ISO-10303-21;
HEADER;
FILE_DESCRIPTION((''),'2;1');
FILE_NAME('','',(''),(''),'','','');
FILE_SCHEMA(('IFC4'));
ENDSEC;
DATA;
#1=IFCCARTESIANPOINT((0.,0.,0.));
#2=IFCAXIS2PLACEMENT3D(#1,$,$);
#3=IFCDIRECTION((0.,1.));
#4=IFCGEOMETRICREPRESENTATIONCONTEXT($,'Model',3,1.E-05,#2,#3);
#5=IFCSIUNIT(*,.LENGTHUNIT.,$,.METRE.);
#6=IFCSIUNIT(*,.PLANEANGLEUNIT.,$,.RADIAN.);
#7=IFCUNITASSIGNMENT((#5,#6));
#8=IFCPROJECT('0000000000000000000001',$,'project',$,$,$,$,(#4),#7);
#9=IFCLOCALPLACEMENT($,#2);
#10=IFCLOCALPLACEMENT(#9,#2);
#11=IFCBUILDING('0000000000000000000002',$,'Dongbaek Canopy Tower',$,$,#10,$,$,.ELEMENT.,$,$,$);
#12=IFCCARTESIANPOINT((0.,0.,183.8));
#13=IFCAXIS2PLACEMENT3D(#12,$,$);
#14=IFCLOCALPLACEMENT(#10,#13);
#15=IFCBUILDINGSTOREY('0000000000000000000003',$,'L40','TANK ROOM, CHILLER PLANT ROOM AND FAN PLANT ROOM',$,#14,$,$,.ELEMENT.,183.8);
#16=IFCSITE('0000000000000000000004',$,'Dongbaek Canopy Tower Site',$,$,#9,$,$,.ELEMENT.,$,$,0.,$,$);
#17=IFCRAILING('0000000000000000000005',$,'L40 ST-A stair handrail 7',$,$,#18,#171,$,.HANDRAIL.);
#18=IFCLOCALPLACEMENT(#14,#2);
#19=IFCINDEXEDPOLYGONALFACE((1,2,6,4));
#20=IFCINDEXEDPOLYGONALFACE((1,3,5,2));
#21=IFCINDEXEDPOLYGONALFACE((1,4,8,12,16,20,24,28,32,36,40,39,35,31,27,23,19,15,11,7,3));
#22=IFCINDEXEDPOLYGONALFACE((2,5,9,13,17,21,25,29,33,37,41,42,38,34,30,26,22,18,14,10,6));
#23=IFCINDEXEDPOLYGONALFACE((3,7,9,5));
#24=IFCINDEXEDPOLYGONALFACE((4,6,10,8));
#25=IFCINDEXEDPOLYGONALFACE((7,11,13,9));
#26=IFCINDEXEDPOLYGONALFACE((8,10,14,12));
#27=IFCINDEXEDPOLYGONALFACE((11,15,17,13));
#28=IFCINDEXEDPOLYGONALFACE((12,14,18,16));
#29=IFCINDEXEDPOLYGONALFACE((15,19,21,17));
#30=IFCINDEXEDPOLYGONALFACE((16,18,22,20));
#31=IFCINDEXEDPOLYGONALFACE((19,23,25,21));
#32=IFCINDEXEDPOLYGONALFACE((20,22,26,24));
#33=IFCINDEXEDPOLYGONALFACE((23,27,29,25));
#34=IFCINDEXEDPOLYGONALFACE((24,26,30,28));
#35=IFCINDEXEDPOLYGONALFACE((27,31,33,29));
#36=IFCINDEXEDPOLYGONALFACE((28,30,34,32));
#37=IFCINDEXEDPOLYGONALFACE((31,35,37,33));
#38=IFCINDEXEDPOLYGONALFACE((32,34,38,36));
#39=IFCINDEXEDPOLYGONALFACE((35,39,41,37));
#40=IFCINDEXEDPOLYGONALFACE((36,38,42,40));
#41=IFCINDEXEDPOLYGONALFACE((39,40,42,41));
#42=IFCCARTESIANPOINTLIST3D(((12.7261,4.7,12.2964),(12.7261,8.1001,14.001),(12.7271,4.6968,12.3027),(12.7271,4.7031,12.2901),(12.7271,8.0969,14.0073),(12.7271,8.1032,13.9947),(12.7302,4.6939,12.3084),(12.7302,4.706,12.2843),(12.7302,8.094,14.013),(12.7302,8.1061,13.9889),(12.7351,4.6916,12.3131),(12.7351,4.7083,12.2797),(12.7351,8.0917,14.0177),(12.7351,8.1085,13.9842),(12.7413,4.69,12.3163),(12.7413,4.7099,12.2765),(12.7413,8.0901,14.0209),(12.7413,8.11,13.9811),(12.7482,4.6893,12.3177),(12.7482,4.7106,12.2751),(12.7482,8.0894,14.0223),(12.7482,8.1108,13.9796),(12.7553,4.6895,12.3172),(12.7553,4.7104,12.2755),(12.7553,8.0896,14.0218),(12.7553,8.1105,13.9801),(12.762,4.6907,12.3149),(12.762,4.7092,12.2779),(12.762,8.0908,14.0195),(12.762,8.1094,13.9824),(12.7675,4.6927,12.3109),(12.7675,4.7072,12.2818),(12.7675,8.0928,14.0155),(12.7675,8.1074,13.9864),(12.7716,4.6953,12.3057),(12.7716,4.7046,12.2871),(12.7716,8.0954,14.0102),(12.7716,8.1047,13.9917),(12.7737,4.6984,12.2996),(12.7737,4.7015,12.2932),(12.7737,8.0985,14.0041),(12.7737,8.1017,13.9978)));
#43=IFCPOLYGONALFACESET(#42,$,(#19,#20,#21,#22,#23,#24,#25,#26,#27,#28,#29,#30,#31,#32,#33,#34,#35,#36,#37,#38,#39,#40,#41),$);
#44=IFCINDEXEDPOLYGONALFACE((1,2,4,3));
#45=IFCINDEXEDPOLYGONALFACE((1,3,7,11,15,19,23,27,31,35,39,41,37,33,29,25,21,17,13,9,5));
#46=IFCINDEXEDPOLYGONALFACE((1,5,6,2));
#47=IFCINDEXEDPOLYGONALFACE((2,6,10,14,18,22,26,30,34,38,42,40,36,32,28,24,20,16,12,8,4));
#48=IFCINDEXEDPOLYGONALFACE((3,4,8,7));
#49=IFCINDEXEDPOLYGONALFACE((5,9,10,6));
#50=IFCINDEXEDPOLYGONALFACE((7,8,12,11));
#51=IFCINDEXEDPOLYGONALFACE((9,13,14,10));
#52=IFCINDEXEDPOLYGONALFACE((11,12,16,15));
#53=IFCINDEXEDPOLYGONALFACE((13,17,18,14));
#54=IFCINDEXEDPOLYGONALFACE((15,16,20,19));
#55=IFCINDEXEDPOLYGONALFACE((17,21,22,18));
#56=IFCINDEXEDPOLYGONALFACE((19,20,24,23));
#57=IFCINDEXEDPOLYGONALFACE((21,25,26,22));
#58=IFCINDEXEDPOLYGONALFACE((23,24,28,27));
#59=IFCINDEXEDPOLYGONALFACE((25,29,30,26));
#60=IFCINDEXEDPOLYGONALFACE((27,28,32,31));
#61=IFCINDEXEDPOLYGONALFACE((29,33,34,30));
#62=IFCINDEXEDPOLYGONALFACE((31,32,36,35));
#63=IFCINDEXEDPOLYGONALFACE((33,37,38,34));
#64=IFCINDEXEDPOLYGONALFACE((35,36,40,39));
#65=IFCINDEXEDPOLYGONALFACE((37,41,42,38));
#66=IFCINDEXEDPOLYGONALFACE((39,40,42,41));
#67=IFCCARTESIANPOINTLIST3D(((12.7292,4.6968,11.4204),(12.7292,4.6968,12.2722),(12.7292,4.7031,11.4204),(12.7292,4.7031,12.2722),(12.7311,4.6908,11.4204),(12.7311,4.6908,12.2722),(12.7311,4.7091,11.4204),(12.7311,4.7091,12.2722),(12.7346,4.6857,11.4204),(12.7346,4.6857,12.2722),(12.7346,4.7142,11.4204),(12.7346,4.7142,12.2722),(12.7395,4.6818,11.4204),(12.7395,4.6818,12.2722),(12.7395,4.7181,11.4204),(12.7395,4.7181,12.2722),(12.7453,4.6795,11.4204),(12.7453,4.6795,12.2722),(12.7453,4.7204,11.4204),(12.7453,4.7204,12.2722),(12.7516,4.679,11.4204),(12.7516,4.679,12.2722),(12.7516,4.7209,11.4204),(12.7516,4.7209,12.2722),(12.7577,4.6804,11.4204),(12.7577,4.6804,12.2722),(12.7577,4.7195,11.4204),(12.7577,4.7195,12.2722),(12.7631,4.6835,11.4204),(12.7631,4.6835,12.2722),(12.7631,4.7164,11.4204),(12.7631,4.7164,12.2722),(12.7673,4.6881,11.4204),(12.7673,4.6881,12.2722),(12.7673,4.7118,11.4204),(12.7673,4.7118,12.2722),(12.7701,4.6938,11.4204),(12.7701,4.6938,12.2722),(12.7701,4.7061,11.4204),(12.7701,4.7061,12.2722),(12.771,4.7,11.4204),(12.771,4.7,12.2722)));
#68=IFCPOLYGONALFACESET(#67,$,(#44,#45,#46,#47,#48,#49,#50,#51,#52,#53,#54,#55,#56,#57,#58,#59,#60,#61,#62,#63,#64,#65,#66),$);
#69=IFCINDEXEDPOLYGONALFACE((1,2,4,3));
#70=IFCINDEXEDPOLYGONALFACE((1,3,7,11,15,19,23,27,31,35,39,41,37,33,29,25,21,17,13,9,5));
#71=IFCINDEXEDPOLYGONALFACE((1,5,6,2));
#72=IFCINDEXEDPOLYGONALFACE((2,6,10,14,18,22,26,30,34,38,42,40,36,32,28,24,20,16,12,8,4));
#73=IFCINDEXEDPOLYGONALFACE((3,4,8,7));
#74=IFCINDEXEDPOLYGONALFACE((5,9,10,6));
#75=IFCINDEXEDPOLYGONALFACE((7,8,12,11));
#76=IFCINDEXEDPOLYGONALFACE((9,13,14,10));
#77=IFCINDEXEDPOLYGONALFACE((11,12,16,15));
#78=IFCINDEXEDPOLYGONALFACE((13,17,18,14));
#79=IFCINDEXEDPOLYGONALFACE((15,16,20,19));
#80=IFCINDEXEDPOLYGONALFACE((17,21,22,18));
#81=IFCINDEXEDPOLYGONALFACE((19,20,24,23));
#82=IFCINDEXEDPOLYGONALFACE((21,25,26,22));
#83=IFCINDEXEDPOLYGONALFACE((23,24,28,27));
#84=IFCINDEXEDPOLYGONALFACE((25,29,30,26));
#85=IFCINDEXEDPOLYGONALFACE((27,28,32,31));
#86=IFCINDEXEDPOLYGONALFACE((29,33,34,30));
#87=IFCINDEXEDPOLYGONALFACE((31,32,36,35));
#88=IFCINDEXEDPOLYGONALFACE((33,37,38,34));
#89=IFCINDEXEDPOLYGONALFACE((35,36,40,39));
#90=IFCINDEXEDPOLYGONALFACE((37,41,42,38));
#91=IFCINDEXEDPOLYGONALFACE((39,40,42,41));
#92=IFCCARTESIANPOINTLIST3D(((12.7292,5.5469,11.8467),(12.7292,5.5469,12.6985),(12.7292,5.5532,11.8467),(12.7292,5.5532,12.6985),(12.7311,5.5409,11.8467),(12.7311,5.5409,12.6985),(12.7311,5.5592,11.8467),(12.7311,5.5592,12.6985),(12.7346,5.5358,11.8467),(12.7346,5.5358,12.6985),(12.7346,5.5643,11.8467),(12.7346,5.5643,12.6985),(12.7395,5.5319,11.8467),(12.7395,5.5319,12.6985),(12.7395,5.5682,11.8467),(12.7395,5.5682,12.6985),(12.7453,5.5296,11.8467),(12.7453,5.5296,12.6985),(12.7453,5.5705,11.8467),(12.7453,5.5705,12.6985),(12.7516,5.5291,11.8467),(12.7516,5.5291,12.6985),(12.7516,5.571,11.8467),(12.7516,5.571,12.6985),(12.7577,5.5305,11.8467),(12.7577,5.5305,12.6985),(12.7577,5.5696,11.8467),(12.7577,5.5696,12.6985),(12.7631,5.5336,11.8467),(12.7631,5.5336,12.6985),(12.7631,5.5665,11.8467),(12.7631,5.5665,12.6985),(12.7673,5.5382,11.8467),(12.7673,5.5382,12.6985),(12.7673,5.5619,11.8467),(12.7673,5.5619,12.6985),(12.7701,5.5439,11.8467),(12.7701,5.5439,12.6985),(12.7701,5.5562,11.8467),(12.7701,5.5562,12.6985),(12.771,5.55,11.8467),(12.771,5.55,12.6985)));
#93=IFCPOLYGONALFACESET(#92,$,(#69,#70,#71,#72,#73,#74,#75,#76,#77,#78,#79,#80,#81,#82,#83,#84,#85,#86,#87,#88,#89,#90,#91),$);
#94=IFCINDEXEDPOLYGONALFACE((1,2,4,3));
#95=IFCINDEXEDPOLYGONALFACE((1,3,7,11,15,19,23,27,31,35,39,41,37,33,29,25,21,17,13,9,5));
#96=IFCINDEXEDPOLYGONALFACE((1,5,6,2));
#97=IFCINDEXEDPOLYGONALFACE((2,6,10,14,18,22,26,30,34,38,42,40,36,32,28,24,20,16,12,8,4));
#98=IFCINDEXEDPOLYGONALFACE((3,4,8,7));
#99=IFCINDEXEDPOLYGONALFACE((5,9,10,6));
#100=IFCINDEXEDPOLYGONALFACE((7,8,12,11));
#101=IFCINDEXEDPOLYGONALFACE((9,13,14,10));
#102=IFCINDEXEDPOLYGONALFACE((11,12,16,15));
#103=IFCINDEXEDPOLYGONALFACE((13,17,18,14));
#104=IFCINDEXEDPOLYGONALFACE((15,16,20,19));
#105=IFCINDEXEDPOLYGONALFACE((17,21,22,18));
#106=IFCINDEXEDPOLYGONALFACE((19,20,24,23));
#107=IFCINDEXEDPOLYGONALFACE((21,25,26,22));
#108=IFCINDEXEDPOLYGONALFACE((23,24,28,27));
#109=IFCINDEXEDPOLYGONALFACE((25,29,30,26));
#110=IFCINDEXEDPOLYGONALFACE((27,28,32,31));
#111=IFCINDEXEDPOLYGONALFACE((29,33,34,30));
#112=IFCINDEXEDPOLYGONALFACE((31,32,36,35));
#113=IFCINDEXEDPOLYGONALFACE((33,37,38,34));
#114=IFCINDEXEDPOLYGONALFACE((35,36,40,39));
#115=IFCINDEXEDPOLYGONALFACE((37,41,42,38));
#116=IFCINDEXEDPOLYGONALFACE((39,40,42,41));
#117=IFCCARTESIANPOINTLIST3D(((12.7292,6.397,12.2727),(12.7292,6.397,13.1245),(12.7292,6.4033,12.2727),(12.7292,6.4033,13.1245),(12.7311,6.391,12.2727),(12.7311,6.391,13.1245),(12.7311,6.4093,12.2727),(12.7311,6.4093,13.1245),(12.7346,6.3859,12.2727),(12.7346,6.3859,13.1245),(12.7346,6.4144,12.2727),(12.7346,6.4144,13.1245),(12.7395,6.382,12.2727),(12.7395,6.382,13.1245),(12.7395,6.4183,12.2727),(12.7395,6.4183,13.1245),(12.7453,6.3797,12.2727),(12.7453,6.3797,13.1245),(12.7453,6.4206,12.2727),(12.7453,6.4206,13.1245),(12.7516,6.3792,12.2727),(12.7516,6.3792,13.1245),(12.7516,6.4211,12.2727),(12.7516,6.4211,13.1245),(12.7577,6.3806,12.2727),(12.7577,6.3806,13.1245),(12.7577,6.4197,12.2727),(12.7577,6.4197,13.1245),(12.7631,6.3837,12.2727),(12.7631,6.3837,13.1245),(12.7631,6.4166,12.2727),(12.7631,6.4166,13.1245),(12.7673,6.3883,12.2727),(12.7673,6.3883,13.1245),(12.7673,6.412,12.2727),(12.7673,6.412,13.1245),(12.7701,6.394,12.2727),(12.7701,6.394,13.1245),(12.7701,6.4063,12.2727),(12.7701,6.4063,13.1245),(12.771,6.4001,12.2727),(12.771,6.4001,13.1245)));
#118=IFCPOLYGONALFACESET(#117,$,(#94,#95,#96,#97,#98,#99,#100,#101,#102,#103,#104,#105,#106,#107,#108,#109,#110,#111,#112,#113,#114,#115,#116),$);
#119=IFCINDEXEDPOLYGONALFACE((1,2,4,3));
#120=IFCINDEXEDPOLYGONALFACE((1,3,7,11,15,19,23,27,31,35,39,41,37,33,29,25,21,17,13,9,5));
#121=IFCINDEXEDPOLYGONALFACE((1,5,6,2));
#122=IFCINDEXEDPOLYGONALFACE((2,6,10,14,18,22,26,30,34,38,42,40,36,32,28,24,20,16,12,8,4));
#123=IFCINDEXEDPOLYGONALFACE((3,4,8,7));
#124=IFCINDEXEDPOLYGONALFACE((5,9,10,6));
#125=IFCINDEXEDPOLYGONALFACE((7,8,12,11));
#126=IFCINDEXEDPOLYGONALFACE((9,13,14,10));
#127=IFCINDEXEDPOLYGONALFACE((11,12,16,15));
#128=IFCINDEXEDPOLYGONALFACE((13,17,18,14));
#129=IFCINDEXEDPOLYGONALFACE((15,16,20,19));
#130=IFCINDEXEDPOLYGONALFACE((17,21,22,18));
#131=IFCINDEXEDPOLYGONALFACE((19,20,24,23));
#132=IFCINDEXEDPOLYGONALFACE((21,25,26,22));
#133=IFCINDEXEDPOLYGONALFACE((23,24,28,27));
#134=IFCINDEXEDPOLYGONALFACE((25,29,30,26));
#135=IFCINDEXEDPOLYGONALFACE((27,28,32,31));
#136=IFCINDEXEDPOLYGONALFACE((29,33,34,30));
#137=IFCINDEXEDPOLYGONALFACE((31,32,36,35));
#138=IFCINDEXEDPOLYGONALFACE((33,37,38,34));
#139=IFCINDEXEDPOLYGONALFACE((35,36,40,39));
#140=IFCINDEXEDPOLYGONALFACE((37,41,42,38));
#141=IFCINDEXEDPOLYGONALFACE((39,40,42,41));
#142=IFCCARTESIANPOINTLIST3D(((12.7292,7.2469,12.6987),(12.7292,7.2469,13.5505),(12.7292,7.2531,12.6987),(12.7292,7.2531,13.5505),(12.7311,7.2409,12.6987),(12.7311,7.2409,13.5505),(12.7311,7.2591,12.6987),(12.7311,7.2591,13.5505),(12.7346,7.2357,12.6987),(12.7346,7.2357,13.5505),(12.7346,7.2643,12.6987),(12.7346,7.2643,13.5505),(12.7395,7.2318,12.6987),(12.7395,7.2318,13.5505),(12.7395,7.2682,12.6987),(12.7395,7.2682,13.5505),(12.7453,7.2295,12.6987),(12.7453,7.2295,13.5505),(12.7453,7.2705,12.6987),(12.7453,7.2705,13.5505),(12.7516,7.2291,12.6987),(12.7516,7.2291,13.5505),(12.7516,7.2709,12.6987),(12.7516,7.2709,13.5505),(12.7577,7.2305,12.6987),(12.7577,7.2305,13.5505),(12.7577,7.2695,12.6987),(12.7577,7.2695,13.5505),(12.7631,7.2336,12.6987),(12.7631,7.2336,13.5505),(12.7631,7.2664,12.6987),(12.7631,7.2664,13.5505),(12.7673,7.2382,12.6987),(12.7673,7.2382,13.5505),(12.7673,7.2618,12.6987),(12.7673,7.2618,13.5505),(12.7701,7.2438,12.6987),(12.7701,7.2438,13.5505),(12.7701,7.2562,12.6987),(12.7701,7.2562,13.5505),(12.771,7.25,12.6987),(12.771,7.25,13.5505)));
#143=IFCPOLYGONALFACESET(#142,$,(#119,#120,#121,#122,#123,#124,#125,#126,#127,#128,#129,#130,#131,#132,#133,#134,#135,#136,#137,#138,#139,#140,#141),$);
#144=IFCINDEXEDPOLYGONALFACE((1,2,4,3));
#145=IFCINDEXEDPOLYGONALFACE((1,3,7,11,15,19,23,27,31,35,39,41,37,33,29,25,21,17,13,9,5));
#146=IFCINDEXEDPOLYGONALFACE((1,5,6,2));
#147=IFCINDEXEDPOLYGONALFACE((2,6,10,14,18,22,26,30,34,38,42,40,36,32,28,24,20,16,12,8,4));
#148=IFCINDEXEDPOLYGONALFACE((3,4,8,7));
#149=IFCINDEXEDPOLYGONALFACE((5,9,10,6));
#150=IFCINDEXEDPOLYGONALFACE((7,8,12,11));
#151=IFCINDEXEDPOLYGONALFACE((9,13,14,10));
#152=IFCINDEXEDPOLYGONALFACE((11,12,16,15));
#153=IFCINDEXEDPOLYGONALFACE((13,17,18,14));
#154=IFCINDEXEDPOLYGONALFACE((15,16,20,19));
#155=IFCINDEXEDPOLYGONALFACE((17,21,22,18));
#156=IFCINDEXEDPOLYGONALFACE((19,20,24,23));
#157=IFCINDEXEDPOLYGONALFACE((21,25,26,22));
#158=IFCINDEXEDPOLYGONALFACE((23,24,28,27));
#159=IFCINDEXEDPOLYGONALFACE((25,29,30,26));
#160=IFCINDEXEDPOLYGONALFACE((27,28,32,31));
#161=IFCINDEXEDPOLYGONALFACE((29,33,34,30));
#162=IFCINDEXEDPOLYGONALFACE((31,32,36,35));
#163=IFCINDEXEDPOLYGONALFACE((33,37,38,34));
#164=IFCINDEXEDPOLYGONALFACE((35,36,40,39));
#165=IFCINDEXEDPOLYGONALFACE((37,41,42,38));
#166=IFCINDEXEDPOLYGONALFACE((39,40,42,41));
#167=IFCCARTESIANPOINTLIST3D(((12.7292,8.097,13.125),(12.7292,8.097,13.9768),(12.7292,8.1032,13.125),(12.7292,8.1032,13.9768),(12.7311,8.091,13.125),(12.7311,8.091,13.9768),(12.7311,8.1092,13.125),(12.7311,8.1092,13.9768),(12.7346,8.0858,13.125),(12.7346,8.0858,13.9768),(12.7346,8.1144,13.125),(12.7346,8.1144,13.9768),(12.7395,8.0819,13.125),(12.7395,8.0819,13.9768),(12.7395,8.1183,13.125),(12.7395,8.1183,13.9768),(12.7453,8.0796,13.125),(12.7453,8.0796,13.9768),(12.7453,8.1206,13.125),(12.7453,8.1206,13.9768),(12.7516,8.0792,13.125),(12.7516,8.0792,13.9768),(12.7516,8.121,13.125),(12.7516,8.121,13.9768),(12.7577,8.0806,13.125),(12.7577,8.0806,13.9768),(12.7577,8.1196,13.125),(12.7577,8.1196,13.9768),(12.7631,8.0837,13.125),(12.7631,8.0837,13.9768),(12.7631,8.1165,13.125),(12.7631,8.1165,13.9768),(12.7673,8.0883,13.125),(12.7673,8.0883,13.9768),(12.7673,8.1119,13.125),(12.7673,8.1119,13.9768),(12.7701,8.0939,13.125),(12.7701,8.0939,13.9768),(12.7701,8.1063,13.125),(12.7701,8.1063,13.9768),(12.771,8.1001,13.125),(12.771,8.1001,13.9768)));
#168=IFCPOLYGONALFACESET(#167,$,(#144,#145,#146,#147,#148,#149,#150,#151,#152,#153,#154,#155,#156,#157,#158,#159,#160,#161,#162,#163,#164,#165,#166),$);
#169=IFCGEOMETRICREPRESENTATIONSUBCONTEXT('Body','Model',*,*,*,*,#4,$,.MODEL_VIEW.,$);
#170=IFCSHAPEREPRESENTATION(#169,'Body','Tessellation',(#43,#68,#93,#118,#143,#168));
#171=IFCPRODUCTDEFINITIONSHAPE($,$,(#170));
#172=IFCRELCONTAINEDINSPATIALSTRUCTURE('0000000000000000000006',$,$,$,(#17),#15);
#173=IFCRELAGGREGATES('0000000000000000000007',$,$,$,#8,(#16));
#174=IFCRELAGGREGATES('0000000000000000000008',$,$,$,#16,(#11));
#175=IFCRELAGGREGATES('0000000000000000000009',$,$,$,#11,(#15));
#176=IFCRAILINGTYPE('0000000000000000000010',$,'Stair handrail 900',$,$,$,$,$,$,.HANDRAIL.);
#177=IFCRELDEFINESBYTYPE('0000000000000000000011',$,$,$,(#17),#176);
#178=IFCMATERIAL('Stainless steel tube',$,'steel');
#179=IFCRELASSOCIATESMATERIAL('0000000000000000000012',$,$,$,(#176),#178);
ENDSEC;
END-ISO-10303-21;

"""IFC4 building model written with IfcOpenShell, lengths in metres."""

from ifc_helpers import new_model, si_unit, direction, frame, origin, origin_2d, place, context, subcontext, project, spatial, circle, extrude, material, type_object, element, save


model = new_model("IFC4")

# Units and contexts
model_context = context("Model", 3, precision=1e-05, world=origin(), true_north=direction((0.0, 1.0)))
body_context = subcontext(model_context, "Body", "Model", "MODEL_VIEW")
ifc_project = project(units=[si_unit("LENGTHUNIT", "METRE"), si_unit("PLANEANGLEUNIT", "RADIAN")], contexts=[model_context])

# Site, building, storey
site_placement = place(None, origin())
site = spatial("IfcSite", under=ifc_project, at=site_placement, Name="Dongbaek Canopy Tower Site", CompositionType="ELEMENT", RefElevation=0.0)
building_placement = place(site_placement, origin())
building = spatial("IfcBuilding", under=site, at=building_placement, Name="Dongbaek Canopy Tower", CompositionType="ELEMENT")
storey_placement = place(building_placement, frame((0.0, 0.0, 183.8)))
storey = spatial("IfcBuildingStorey", under=building, at=storey_placement, Name="L40", Description="TANK ROOM, CHILLER PLANT ROOM AND FAN PLANT ROOM", CompositionType="ELEMENT", Elevation=183.8)

# Railing
ifc_material_1 = material(Name="Stainless steel tube", Category="steel")
railing_type_1 = type_object("IfcRailingType", Name="Stair handrail 900", PredefinedType="HANDRAIL", material=ifc_material_1)
for number, where, name in (
    (1, (12.75, 4.7, 11.4204), "L40 ST-A stair handrail 7"),
):
    element("IfcRailing", number, at=place(storey_placement, frame(where)), inside=storey, type_object=railing_type_1, Name=name, PredefinedType="HANDRAIL", context=body_context, shape_type="SweptSolid", body=[
        extrude(circle(Radius=0.0239, at=origin_2d()), frame((0.0, 0.0, 0.876), z_axis=(0.0, 0.893952, 0.448163), x_axis=(-1.0, 0.0, 0.0)), (0.0, 0.0, 1.0), 3.8035),
        extrude(circle(Radius=0.021, at=origin_2d()), origin(), (0.0, 0.0, 1.0), 0.8518),
        extrude(circle(Radius=0.021, at=origin_2d()), frame((0.0, 0.8501, 0.4263)), (0.0, 0.0, 1.0), 0.8518),
        extrude(circle(Radius=0.021, at=origin_2d()), frame((0.0, 1.7002, 0.8523)), (0.0, 0.0, 1.0), 0.8518),
        extrude(circle(Radius=0.021, at=origin_2d()), frame((0.0, 2.55, 1.2783)), (0.0, 0.0, 1.0), 0.8518),
        extrude(circle(Radius=0.021, at=origin_2d()), frame((0.0, 3.4001, 1.7046)), (0.0, 0.0, 1.0), 0.8518),
    ])

save(model, "model.ifc")
